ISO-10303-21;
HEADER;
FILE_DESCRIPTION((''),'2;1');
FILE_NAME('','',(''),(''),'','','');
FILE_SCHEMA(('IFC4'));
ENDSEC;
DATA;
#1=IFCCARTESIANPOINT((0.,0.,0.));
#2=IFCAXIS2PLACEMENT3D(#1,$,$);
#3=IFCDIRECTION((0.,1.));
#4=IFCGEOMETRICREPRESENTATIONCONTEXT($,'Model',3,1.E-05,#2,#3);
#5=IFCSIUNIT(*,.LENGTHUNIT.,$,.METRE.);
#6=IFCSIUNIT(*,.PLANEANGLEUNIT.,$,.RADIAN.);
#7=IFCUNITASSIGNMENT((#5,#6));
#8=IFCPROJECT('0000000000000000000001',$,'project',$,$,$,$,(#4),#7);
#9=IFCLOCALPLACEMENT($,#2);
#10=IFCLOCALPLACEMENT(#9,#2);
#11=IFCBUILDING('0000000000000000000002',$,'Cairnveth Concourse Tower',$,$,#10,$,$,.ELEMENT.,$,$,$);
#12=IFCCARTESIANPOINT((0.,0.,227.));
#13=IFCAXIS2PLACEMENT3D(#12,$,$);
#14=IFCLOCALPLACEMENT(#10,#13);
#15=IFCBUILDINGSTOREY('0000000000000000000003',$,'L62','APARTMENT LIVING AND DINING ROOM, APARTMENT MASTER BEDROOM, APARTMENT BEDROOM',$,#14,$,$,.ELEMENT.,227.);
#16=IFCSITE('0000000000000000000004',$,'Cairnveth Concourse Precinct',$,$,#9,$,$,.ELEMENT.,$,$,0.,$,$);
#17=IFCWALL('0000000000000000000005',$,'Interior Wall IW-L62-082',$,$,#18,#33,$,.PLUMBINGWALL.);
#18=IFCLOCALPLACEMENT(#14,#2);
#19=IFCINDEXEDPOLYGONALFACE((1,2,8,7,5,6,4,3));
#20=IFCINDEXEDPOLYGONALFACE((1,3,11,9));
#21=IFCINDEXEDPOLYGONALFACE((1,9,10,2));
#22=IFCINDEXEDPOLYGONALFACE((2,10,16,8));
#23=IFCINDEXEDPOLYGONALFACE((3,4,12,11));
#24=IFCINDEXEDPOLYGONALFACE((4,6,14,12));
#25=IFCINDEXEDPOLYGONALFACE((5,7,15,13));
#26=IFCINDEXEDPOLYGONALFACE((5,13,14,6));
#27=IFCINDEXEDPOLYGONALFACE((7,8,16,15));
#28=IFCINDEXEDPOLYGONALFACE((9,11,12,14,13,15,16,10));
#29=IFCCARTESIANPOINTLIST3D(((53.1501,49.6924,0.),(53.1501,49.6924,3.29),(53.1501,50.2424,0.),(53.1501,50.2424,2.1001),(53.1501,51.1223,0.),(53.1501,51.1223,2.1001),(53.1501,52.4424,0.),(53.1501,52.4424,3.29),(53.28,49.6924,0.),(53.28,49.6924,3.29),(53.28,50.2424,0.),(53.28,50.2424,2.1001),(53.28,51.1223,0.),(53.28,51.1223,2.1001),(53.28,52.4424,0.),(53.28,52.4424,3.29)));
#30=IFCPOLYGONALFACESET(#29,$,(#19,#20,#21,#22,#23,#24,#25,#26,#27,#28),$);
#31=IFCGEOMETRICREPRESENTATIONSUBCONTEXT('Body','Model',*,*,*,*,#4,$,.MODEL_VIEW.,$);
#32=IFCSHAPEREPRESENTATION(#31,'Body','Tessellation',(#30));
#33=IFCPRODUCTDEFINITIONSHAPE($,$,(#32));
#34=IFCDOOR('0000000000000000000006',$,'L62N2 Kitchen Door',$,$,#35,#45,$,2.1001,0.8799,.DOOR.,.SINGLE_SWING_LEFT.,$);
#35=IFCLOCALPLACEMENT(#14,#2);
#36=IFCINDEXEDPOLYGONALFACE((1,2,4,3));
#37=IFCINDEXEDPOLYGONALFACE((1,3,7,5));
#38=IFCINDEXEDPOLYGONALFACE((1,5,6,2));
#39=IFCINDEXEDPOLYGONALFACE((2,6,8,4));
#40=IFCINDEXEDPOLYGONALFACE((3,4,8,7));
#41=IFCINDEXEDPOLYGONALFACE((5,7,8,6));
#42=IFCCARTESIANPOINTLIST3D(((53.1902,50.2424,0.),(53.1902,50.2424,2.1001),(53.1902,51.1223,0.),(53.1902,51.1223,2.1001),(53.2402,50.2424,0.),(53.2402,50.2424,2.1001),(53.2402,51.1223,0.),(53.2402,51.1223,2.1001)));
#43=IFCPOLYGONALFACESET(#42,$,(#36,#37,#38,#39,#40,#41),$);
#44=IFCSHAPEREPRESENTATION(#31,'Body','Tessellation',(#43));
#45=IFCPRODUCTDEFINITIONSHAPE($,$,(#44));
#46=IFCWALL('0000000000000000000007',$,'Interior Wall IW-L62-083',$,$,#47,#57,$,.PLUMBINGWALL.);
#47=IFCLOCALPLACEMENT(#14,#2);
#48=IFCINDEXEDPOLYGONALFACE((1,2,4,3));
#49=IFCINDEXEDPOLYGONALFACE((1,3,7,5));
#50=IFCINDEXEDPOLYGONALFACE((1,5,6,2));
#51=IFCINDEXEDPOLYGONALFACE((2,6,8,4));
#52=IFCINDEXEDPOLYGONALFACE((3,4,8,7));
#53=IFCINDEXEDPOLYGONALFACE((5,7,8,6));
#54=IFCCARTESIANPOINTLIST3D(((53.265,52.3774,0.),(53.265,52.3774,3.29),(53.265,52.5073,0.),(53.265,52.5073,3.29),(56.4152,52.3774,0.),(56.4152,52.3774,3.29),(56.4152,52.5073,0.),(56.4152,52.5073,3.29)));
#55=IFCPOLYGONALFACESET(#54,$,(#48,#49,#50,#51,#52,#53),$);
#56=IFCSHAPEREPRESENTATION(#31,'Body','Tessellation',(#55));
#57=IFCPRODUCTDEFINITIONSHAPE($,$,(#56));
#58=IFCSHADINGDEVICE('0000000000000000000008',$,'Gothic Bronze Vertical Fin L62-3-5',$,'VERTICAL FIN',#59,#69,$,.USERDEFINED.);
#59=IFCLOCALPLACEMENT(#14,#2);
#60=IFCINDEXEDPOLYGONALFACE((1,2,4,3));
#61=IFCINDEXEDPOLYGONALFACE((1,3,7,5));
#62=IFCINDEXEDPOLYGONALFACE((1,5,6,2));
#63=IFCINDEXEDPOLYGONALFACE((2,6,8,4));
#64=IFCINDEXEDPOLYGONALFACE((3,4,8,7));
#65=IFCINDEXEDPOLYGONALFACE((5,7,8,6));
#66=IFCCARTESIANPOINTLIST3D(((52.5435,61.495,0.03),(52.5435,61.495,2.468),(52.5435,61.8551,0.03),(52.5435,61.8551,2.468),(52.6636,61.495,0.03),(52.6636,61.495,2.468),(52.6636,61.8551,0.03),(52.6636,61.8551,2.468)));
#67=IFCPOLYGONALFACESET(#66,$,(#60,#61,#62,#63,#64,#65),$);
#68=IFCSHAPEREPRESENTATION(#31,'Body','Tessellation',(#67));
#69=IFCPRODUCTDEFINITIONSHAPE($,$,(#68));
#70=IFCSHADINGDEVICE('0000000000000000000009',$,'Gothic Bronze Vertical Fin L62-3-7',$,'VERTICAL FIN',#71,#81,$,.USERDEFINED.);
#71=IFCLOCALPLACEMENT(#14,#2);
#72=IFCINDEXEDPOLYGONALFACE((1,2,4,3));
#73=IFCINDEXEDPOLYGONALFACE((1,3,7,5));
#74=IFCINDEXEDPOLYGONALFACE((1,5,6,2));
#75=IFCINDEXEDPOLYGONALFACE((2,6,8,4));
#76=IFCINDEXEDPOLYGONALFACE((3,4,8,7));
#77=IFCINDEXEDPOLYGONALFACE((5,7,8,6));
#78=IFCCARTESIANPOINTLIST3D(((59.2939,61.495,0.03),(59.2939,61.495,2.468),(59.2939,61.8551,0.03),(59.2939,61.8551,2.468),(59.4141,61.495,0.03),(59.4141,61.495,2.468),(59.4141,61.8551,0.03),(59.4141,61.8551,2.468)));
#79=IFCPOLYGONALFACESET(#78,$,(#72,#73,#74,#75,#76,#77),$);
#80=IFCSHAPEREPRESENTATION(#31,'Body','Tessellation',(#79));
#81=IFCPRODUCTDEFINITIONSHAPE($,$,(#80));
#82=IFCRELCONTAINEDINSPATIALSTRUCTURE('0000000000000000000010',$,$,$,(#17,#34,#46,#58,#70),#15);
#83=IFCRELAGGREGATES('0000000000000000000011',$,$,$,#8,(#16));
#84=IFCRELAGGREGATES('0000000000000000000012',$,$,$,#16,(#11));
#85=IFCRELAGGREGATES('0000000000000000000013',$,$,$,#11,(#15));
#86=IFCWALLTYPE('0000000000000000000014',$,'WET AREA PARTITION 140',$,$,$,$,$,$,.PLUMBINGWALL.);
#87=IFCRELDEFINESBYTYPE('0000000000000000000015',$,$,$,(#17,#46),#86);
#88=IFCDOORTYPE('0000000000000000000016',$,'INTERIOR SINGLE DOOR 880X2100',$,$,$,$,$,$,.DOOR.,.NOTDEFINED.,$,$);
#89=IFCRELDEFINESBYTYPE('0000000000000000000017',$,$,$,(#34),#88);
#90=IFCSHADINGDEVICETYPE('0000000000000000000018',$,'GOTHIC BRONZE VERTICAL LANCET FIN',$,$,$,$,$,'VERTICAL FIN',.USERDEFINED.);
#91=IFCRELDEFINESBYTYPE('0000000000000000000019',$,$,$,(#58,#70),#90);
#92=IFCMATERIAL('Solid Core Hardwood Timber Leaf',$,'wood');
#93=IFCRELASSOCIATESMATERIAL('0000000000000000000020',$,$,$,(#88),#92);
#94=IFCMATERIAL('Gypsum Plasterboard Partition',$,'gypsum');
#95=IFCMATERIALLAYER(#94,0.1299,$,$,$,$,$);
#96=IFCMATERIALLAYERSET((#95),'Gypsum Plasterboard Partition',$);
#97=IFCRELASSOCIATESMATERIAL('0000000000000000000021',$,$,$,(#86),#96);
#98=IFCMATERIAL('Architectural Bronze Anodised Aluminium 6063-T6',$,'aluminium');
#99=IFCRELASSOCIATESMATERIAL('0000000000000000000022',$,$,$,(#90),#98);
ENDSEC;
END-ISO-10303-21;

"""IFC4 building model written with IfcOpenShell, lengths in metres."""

from ifc_helpers import new_model, si_unit, direction, frame, frame_2d, origin, origin_2d, place, context, subcontext, project, spatial, rectangle, extrude, material, layer, layer_set, type_object, element, fill, save


model = new_model("IFC4")

# Units and contexts
model_context = context("Model", 3, precision=1e-05, world=origin(), true_north=direction((0.0, 1.0)))
body_context = subcontext(model_context, "Body", "Model", "MODEL_VIEW")
ifc_project = project(units=[si_unit("LENGTHUNIT", "METRE"), si_unit("PLANEANGLEUNIT", "RADIAN")], contexts=[model_context])

# Site, building, storey
site_placement = place(None, origin())
site = spatial("IfcSite", under=ifc_project, at=site_placement, Name="Cairnveth Concourse Precinct", CompositionType="ELEMENT", RefElevation=0.0)
building_placement = place(site_placement, origin())
building = spatial("IfcBuilding", under=site, at=building_placement, Name="Cairnveth Concourse Tower", CompositionType="ELEMENT")
storey_placement = place(building_placement, frame((0.0, 0.0, 227.0)))
storey = spatial("IfcBuildingStorey", under=building, at=storey_placement, Name="L62", Description="APARTMENT LIVING AND DINING ROOM, APARTMENT MASTER BEDROOM, APARTMENT BEDROOM", CompositionType="ELEMENT", Elevation=227.0)

# Shared definitions
ifc_material_1 = material(Name="Gypsum Plasterboard Partition", Category="gypsum")

# Shared definitions
ifc_material_2 = material(Name="Solid Core Hardwood Timber Leaf", Category="wood")
door_type_1 = type_object("IfcDoorType", Name="INTERIOR SINGLE DOOR 880X2100", OperationType="NOTDEFINED", PredefinedType="DOOR", material=ifc_material_2)

# Shared definitions
ifc_layer_1 = layer(ifc_material_1, 0.1299)
ifc_layer_set_1 = layer_set([ifc_layer_1], Name="Gypsum Plasterboard Partition")
wall_type_1 = type_object("IfcWallType", Name="WET AREA PARTITION 140", PredefinedType="PLUMBINGWALL", material=ifc_layer_set_1)

# Wall, opening, door
wall_1_placement = place(storey_placement, frame((53.2151, 49.6924, 0.0), z_axis=(0.0, 0.0, 1.0), x_axis=(0.0, 1.0, 0.0)))
wall_1 = element("IfcWall", 1, at=wall_1_placement, inside=storey, type_object=wall_type_1, Name="Interior Wall IW-L62-082", PredefinedType="PLUMBINGWALL", context=body_context, shape_type="SweptSolid", body=[
    extrude(rectangle(XDim=2.75, YDim=0.1299, at=frame_2d((1.375, 0.0))), origin(), (0.0, 0.0, 1.0), 3.29),
])
opening_1_placement = place(wall_1_placement, frame((0.55, 0.0, 0.0)))
opening_1 = element("IfcOpeningElement", 2, at=opening_1_placement, cuts=wall_1, PredefinedType="OPENING", context=body_context, shape_type="SweptSolid", body=[
    extrude(rectangle(XDim=0.8799, YDim=2.1001, at=frame_2d((0.4399, 1.05))), frame((0.0, 0.075, 0.0), z_axis=(0.0, -1.0, 0.0), x_axis=(1.0, 0.0, 0.0)), (0.0, 0.0, 1.0), 0.1499),
])
door_1_placement = place(opening_1_placement, origin())
door_1 = element("IfcDoor", 3, at=door_1_placement, inside=storey, type_object=door_type_1, Name="L62N2 Kitchen Door", OperationType="SINGLE_SWING_LEFT", OverallHeight=2.1001, OverallWidth=0.8799, PredefinedType="DOOR", context=body_context, shape_type="SweptSolid", body=[
    extrude(rectangle(XDim=0.8799, YDim=2.1001, at=frame_2d((0.4399, 1.05))), frame((0.0, 0.0249, 0.0), z_axis=(0.0, -1.0, 0.0), x_axis=(1.0, 0.0, 0.0)), (0.0, 0.0, 1.0), 0.05),
])
fill(opening_1, door_1)

# Wall
wall_2_placement = place(storey_placement, frame((53.2649, 52.4424, 0.0), z_axis=(0.0, 0.0, 1.0), x_axis=(1.0, 0.0, 0.0)))
element("IfcWall", 4, at=wall_2_placement, inside=storey, type_object=wall_type_1, Name="Interior Wall IW-L62-083", PredefinedType="PLUMBINGWALL", context=body_context, shape_type="SweptSolid", body=[
    extrude(rectangle(XDim=3.1501, YDim=0.1299, at=frame_2d((1.5752, 0.0))), origin(), (0.0, 0.0, 1.0), 3.29),
])

# Shading devices
ifc_material_3 = material(Name="Architectural Bronze Anodised Aluminium 6063-T6", Category="aluminium")
shading_device_type = type_object("IfcShadingDeviceType", Name="GOTHIC BRONZE VERTICAL LANCET FIN", ElementType="VERTICAL FIN", PredefinedType="USERDEFINED", material=ifc_material_3)
for number, where, z_axis, x_axis, name in (
    (5, (52.6035, 61.675, 0.03), (0.0, 0.0, 1.0), (1.0, 0.0, 0.0), "Gothic Bronze Vertical Fin L62-3-5"),
    (6, (59.354, 61.675, 0.03), (0.0, 0.0, 1.0), (1.0, 0.0, 0.0), "Gothic Bronze Vertical Fin L62-3-7"),
):
    element("IfcShadingDevice", number, at=place(storey_placement, frame(where, z_axis=z_axis, x_axis=x_axis)), inside=storey, type_object=shading_device_type, Name=name, ObjectType="VERTICAL FIN", PredefinedType="USERDEFINED", context=body_context, shape_type="SweptSolid", body=[
        extrude(rectangle(XDim=0.1201, YDim=0.3601, at=origin_2d()), origin(), (0.0, 0.0, 1.0), 2.438),
    ])

save(model, "model.ifc")
